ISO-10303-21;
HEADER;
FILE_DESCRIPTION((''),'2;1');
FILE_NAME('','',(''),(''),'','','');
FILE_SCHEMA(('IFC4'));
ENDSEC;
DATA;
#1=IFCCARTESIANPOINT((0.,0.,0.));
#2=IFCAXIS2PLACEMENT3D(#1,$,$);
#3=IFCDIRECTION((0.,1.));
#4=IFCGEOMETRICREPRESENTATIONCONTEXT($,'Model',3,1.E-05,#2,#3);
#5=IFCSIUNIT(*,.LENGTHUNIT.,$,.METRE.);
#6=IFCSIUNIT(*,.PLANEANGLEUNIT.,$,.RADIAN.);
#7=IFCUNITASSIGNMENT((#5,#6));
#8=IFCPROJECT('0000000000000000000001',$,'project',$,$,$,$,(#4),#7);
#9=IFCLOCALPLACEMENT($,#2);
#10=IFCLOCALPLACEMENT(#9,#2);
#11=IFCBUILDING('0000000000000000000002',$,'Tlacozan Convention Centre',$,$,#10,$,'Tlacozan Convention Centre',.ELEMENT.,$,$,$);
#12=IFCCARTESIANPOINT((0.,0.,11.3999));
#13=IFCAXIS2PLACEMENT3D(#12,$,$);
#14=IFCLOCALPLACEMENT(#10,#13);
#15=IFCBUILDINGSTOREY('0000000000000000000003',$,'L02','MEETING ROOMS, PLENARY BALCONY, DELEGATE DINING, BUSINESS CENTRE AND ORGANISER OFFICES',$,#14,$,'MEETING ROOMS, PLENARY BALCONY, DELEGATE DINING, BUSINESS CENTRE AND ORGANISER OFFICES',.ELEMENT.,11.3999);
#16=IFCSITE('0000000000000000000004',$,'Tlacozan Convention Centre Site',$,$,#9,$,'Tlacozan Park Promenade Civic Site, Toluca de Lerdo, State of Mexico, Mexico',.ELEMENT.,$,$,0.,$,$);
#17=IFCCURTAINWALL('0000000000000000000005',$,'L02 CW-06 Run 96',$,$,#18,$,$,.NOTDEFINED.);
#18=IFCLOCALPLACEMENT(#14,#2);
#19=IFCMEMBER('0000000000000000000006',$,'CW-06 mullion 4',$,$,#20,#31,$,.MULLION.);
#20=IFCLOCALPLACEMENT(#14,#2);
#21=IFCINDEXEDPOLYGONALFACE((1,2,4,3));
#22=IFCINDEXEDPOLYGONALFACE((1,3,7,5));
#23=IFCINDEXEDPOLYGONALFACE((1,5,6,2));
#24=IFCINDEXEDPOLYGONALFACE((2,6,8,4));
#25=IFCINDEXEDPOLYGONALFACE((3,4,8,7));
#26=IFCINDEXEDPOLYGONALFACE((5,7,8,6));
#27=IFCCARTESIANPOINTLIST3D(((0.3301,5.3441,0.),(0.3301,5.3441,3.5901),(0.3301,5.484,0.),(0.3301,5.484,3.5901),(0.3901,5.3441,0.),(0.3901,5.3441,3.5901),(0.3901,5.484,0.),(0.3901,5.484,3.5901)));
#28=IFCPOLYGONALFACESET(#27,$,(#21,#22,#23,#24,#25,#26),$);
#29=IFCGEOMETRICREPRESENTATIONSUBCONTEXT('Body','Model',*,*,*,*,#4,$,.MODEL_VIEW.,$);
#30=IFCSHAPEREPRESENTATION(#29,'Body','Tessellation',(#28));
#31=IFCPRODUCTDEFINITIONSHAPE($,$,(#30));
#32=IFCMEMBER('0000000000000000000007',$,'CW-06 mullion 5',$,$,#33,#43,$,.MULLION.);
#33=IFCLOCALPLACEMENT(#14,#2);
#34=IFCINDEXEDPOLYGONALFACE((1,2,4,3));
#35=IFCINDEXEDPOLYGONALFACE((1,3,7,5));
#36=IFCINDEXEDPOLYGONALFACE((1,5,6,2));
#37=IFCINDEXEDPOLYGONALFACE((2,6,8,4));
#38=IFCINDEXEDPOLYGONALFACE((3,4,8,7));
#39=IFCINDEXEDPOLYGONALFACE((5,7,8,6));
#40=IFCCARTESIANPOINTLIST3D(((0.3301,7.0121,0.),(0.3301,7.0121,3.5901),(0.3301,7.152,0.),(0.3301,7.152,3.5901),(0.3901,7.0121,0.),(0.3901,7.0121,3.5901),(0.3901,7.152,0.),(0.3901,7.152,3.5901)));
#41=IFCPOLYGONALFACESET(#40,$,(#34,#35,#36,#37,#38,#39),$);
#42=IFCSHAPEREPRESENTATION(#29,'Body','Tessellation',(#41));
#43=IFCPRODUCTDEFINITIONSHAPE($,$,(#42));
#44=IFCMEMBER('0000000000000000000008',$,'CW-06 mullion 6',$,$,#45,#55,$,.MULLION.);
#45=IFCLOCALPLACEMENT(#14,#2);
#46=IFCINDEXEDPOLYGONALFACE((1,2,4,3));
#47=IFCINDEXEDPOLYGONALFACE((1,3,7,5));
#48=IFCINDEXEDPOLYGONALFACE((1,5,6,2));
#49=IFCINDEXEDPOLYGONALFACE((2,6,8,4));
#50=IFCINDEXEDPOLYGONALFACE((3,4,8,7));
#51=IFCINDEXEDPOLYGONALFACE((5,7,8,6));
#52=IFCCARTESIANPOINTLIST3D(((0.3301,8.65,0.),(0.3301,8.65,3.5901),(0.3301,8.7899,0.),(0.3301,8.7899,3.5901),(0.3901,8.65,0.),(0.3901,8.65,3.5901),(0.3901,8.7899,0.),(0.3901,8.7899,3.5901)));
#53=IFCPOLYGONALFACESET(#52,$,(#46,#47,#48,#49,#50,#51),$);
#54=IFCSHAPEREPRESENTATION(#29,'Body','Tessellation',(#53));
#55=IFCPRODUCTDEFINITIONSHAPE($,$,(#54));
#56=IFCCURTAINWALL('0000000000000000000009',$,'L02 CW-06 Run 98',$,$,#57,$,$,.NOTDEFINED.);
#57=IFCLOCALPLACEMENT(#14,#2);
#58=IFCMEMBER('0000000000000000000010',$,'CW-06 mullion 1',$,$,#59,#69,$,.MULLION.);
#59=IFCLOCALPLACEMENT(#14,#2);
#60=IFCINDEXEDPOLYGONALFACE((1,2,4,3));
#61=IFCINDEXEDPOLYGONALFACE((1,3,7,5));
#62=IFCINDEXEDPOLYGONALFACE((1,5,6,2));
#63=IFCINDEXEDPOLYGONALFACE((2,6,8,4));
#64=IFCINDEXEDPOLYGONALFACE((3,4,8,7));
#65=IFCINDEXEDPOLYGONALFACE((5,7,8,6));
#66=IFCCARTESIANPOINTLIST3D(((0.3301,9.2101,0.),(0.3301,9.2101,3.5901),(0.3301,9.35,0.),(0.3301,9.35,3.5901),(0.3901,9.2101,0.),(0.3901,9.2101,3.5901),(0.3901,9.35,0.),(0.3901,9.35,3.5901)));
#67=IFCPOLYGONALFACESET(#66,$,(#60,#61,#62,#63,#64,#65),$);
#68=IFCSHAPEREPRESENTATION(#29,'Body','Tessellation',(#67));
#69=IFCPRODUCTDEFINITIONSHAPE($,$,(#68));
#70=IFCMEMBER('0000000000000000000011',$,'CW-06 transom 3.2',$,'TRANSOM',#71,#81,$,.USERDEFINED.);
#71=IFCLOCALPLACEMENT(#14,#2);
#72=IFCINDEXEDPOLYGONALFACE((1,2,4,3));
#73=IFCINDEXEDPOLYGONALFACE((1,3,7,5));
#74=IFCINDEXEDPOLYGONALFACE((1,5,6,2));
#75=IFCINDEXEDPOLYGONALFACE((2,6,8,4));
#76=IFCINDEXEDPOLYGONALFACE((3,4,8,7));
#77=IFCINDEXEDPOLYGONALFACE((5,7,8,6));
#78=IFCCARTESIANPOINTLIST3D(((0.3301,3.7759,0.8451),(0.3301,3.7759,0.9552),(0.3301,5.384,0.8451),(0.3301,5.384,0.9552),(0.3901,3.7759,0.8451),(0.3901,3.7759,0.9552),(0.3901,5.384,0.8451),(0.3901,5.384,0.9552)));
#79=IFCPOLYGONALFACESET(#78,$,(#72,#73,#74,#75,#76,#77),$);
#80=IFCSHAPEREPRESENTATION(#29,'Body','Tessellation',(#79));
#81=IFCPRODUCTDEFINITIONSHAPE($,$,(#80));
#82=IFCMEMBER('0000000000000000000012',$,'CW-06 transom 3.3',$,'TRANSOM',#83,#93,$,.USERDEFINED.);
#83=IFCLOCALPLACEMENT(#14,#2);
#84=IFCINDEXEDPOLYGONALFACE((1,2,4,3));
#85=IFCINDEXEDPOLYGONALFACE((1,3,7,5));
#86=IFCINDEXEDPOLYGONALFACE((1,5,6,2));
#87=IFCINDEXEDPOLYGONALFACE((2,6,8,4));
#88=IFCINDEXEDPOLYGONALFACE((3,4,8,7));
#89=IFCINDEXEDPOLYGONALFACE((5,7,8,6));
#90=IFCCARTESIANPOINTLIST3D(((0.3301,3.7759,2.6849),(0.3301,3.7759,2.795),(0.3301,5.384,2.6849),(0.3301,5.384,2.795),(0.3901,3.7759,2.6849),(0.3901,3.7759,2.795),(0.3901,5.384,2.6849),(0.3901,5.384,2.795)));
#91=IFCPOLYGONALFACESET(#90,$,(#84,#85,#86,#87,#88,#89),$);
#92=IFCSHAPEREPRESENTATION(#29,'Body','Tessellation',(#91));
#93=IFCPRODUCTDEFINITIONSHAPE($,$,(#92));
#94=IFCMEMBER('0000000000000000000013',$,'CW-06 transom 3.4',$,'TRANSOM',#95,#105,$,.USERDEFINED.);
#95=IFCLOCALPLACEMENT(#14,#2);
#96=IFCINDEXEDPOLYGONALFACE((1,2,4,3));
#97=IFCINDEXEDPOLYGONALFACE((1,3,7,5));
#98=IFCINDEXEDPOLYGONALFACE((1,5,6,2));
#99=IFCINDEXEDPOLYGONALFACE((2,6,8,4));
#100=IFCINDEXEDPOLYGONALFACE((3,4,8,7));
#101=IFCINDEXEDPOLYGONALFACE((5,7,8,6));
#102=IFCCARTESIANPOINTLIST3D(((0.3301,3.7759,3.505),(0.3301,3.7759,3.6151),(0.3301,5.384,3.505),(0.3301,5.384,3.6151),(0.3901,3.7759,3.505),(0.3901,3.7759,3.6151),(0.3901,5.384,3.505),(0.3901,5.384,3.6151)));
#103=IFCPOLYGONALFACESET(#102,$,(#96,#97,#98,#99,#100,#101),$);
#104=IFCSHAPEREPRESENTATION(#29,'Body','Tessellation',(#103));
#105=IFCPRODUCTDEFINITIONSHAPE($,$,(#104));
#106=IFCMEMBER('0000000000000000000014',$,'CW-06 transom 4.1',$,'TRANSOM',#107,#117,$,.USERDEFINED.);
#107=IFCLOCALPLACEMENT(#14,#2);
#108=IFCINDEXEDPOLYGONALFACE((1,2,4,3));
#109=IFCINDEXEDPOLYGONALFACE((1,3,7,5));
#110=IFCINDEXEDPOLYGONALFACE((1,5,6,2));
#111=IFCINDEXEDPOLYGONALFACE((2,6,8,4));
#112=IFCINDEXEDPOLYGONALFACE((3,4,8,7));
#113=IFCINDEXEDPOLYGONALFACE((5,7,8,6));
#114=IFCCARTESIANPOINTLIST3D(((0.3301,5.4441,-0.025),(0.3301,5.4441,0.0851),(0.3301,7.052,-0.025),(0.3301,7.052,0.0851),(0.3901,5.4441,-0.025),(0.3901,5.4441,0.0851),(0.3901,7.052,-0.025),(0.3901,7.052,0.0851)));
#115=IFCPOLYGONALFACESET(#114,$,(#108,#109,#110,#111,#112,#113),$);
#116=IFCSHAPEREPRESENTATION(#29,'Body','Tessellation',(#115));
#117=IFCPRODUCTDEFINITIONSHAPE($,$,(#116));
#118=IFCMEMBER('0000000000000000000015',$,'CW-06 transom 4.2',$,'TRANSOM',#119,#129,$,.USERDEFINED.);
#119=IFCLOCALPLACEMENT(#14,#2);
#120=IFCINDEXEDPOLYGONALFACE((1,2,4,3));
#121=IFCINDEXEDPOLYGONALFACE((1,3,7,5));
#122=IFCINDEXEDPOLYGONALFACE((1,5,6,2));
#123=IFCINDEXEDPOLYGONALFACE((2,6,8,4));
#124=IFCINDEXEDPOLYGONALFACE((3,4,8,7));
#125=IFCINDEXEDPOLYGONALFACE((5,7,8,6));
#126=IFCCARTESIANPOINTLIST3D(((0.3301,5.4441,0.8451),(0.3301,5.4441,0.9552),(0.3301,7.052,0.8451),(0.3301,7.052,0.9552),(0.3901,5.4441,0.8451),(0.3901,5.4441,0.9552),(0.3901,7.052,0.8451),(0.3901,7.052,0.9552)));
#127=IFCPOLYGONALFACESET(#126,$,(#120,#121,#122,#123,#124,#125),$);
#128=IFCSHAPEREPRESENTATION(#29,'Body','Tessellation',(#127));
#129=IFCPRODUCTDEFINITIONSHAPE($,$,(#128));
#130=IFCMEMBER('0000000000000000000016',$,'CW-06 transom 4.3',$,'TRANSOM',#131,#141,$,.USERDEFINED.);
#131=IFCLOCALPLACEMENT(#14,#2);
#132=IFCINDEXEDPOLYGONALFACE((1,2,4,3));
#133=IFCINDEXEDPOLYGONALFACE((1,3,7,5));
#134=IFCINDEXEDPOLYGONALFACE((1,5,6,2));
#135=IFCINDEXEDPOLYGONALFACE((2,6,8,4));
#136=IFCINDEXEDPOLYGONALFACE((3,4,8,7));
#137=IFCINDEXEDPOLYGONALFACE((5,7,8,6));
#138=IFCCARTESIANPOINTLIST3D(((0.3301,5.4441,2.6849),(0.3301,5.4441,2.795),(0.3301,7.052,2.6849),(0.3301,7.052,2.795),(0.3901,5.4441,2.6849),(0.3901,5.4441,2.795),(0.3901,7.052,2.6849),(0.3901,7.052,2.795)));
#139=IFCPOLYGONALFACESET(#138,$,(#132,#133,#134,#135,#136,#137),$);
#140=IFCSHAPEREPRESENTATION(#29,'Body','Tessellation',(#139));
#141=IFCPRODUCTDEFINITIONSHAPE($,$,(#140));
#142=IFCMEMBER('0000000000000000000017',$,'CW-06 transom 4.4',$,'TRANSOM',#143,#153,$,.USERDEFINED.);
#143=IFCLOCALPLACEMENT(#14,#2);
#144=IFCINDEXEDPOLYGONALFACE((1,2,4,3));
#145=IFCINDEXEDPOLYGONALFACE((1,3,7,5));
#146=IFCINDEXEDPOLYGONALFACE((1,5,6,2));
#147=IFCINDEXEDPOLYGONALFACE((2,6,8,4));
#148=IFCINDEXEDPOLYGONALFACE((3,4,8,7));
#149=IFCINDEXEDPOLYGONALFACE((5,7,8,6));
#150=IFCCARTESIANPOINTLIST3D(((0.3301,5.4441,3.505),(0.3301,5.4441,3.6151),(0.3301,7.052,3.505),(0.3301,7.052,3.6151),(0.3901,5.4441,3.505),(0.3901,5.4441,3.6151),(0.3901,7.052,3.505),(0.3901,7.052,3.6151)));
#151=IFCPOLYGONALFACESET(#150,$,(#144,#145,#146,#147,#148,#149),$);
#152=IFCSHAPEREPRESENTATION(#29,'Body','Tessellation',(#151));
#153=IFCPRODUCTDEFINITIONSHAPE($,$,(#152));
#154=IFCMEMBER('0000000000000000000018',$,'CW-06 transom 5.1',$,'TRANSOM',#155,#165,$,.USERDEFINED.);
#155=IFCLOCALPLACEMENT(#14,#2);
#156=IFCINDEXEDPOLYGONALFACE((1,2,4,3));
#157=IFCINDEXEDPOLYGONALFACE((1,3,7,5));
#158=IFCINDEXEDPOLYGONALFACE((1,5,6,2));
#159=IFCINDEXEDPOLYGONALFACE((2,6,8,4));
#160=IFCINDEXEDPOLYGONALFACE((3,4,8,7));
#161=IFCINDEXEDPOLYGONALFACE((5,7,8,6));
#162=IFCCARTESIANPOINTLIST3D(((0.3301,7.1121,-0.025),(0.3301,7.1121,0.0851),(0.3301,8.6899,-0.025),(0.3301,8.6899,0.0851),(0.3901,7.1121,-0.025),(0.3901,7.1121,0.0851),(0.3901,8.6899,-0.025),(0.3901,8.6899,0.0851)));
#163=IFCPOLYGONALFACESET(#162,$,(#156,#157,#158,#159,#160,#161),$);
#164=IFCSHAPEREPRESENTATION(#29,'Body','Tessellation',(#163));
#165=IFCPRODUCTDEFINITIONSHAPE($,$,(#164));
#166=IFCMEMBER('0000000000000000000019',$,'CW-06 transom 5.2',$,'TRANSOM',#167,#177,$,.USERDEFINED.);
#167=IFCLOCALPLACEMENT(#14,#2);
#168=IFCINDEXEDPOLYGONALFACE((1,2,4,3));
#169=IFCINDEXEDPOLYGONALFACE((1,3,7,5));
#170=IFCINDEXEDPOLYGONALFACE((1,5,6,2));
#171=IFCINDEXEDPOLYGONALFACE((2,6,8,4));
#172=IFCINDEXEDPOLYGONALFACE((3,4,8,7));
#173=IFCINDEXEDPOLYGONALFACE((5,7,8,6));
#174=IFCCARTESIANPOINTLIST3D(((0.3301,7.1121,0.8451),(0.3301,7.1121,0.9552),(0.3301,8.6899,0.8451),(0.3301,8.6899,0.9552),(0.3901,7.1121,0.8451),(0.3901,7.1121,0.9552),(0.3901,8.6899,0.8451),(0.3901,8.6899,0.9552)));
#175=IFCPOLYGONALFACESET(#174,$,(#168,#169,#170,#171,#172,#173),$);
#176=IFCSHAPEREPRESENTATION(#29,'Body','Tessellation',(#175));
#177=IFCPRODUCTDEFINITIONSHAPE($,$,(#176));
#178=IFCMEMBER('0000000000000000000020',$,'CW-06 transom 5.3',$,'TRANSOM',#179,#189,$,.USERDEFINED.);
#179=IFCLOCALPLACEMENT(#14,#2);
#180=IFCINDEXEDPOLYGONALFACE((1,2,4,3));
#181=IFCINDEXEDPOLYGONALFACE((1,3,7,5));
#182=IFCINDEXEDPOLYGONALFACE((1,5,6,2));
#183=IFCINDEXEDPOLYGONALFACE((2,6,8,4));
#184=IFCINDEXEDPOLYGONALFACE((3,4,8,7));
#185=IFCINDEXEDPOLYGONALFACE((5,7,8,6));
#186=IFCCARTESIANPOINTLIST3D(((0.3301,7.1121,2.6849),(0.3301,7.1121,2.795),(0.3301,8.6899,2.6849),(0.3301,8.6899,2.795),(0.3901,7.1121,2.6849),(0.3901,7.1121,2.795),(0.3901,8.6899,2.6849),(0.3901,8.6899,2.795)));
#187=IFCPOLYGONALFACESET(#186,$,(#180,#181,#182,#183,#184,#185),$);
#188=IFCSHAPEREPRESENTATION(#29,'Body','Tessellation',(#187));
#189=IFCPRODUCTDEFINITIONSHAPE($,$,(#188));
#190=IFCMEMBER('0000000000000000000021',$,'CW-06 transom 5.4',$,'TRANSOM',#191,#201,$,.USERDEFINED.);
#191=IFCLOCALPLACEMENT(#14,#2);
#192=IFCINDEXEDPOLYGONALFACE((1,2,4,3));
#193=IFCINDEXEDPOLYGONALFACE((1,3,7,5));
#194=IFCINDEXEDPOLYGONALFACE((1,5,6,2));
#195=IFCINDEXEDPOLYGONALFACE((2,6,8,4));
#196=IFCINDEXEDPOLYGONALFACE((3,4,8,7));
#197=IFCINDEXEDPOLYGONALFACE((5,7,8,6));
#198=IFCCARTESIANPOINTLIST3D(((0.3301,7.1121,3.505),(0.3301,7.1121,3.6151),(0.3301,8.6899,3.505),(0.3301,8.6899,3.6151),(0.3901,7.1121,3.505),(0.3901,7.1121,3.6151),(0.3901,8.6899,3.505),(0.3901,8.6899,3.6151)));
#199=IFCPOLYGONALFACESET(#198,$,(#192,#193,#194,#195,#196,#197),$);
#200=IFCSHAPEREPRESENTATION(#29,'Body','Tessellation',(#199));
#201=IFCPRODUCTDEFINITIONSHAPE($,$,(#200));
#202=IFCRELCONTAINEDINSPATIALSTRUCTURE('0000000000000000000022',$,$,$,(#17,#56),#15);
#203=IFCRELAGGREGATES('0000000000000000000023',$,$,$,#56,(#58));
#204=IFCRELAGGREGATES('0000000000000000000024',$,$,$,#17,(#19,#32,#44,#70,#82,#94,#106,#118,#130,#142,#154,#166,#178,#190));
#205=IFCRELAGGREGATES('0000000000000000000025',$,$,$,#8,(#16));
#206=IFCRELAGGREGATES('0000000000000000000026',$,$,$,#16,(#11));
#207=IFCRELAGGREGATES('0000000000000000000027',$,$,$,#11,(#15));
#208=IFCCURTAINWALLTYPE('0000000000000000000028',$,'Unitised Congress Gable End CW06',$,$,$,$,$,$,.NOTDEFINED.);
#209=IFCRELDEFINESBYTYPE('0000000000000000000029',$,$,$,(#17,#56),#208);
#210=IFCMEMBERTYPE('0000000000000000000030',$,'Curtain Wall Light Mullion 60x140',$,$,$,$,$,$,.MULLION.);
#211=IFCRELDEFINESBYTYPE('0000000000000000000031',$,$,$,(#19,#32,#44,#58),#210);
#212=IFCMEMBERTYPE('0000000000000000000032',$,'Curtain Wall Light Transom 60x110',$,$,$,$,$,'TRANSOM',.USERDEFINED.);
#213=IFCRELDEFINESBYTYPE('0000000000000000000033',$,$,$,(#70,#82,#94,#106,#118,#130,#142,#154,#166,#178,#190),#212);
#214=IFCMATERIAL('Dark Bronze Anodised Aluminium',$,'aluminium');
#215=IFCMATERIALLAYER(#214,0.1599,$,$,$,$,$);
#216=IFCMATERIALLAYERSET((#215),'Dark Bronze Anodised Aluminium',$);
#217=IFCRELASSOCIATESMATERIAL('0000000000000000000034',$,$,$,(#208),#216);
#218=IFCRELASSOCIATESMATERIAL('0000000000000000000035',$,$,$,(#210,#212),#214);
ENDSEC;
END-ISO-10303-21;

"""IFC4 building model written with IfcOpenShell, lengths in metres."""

from ifc_helpers import new_model, si_unit, direction, frame, origin, origin_2d, place, context, subcontext, project, spatial, rectangle, extrude, material, layer, layer_set, material_profile, profile_set, type_object, element, aggregate, save


model = new_model("IFC4")

# Units and contexts
model_context = context("Model", 3, precision=1e-05, world=origin(), true_north=direction((0.0, 1.0)))
body_context = subcontext(model_context, "Body", "Model", "MODEL_VIEW")
ifc_project = project(units=[si_unit("LENGTHUNIT", "METRE"), si_unit("PLANEANGLEUNIT", "RADIAN")], contexts=[model_context])

# Site, building, storey
site_placement = place(None, origin())
site = spatial("IfcSite", under=ifc_project, at=site_placement, Name="Tlacozan Convention Centre Site", LongName="Tlacozan Park Promenade Civic Site, Toluca de Lerdo, State of Mexico, Mexico", CompositionType="ELEMENT", RefElevation=0.0)
building_placement = place(site_placement, origin())
building = spatial("IfcBuilding", under=site, at=building_placement, Name="Tlacozan Convention Centre", LongName="Tlacozan Convention Centre", CompositionType="ELEMENT")
storey_placement = place(building_placement, frame((0.0, 0.0, 11.3999)))
storey = spatial("IfcBuildingStorey", under=building, at=storey_placement, Name="L02", Description="MEETING ROOMS, PLENARY BALCONY, DELEGATE DINING, BUSINESS CENTRE AND ORGANISER OFFICES", LongName="MEETING ROOMS, PLENARY BALCONY, DELEGATE DINING, BUSINESS CENTRE AND ORGANISER OFFICES", CompositionType="ELEMENT", Elevation=11.3999)

# Curtain wall, members
ifc_material_1 = material(Name="Dark Bronze Anodised Aluminium", Category="aluminium")
ifc_layer_1 = layer(ifc_material_1, 0.1599)
ifc_layer_set_1 = layer_set([ifc_layer_1], Name="Dark Bronze Anodised Aluminium")
curtain_wall_type = type_object("IfcCurtainWallType", Name="Unitised Congress Gable End CW06", PredefinedType="NOTDEFINED", material=ifc_layer_set_1)
curtain_wall_1_placement = place(storey_placement, origin())
curtain_wall_1 = element("IfcCurtainWall", 1, at=curtain_wall_1_placement, inside=storey, type_object=curtain_wall_type, Name="L02 CW-06 Run 96", PredefinedType="NOTDEFINED")
ifc_material_profile_1 = material_profile(ifc_material_1, rectangle(XDim=0.0601, YDim=0.1399, at=origin_2d()), Name="ALU 60x140")
ifc_profile_set_1 = profile_set([ifc_material_profile_1], Name="Dark Bronze Anodised Aluminium")
member_type_1 = type_object("IfcMemberType", Name="Curtain Wall Light Mullion 60x140", PredefinedType="MULLION", material=ifc_profile_set_1)
member_1_placement = place(storey_placement, frame((0.3601, 5.4141, 0.0), z_axis=(0.0, 0.0, 1.0), x_axis=(-1.0, 0.0, 0.0)))
member_1 = element("IfcMember", 2, at=member_1_placement, type_object=member_type_1, Name="CW-06 mullion 4", PredefinedType="MULLION", context=body_context, shape_type="SweptSolid", body=[
    extrude(rectangle(XDim=0.0601, YDim=0.1399, at=origin_2d()), origin(), (0.0, 0.0, 1.0), 3.5901),
])
member_2_placement = place(storey_placement, frame((0.3601, 7.082, 0.0), z_axis=(0.0, 0.0, 1.0), x_axis=(-1.0, 0.0, 0.0)))
member_2 = element("IfcMember", 3, at=member_2_placement, type_object=member_type_1, Name="CW-06 mullion 5", PredefinedType="MULLION", context=body_context, shape_type="SweptSolid", body=[
    extrude(rectangle(XDim=0.0601, YDim=0.1399, at=origin_2d()), origin(), (0.0, 0.0, 1.0), 3.5901),
])
member_3_placement = place(storey_placement, frame((0.3601, 8.72, 0.0), z_axis=(0.0, 0.0, 1.0), x_axis=(-1.0, 0.0, 0.0)))
member_3 = element("IfcMember", 4, at=member_3_placement, type_object=member_type_1, Name="CW-06 mullion 6", PredefinedType="MULLION", context=body_context, shape_type="SweptSolid", body=[
    extrude(rectangle(XDim=0.0601, YDim=0.1399, at=origin_2d()), origin(), (0.0, 0.0, 1.0), 3.5901),
])

# Curtain wall, member
curtain_wall_2_placement = place(storey_placement, origin())
curtain_wall_2 = element("IfcCurtainWall", 5, at=curtain_wall_2_placement, inside=storey, type_object=curtain_wall_type, Name="L02 CW-06 Run 98", PredefinedType="NOTDEFINED")
member_4_placement = place(storey_placement, frame((0.3601, 9.28, 0.0), z_axis=(0.0, 0.0, 1.0), x_axis=(-1.0, 0.0, 0.0)))
member_4 = element("IfcMember", 6, at=member_4_placement, type_object=member_type_1, Name="CW-06 mullion 1", PredefinedType="MULLION", context=body_context, shape_type="SweptSolid", body=[
    extrude(rectangle(XDim=0.0601, YDim=0.1399, at=origin_2d()), origin(), (0.0, 0.0, 1.0), 3.5901),
])

# Members
ifc_material_profile_2 = material_profile(ifc_material_1, rectangle(XDim=0.0601, YDim=0.1101, at=origin_2d()), Name="ALU 60x110")
ifc_profile_set_2 = profile_set([ifc_material_profile_2], Name="Dark Bronze Anodised Aluminium")
member_type_2 = type_object("IfcMemberType", Name="Curtain Wall Light Transom 60x110", ElementType="TRANSOM", PredefinedType="USERDEFINED", material=ifc_profile_set_2)
member_5_placement = place(storey_placement, frame((0.3601, 3.7759, 0.9001), z_axis=(0.0, 1.0, 0.0), x_axis=(-1.0, 0.0, 0.0)))
member_5 = element("IfcMember", 7, at=member_5_placement, type_object=member_type_2, Name="CW-06 transom 3.2", ObjectType="TRANSOM", PredefinedType="USERDEFINED", context=body_context, shape_type="SweptSolid", body=[
    extrude(rectangle(XDim=0.0601, YDim=0.1101, at=origin_2d()), origin(), (0.0, 0.0, 1.0), 1.6082),
])
member_6_placement = place(storey_placement, frame((0.3601, 3.7759, 2.74), z_axis=(0.0, 1.0, 0.0), x_axis=(-1.0, 0.0, 0.0)))
member_6 = element("IfcMember", 8, at=member_6_placement, type_object=member_type_2, Name="CW-06 transom 3.3", ObjectType="TRANSOM", PredefinedType="USERDEFINED", context=body_context, shape_type="SweptSolid", body=[
    extrude(rectangle(XDim=0.0601, YDim=0.1101, at=origin_2d()), origin(), (0.0, 0.0, 1.0), 1.6082),
])
member_7_placement = place(storey_placement, frame((0.3601, 3.7759, 3.5601), z_axis=(0.0, 1.0, 0.0), x_axis=(-1.0, 0.0, 0.0)))
member_7 = element("IfcMember", 9, at=member_7_placement, type_object=member_type_2, Name="CW-06 transom 3.4", ObjectType="TRANSOM", PredefinedType="USERDEFINED", context=body_context, shape_type="SweptSolid", body=[
    extrude(rectangle(XDim=0.0601, YDim=0.1101, at=origin_2d()), origin(), (0.0, 0.0, 1.0), 1.6082),
])
member_8_placement = place(storey_placement, frame((0.3601, 5.4441, 0.03), z_axis=(0.0, 1.0, 0.0), x_axis=(-1.0, 0.0, 0.0)))
member_8 = element("IfcMember", 10, at=member_8_placement, type_object=member_type_2, Name="CW-06 transom 4.1", ObjectType="TRANSOM", PredefinedType="USERDEFINED", context=body_context, shape_type="SweptSolid", body=[
    extrude(rectangle(XDim=0.0601, YDim=0.1101, at=origin_2d()), origin(), (0.0, 0.0, 1.0), 1.6079),
])
member_9_placement = place(storey_placement, frame((0.3601, 5.4441, 0.9001), z_axis=(0.0, 1.0, 0.0), x_axis=(-1.0, 0.0, 0.0)))
member_9 = element("IfcMember", 11, at=member_9_placement, type_object=member_type_2, Name="CW-06 transom 4.2", ObjectType="TRANSOM", PredefinedType="USERDEFINED", context=body_context, shape_type="SweptSolid", body=[
    extrude(rectangle(XDim=0.0601, YDim=0.1101, at=origin_2d()), origin(), (0.0, 0.0, 1.0), 1.6079),
])
member_10_placement = place(storey_placement, frame((0.3601, 5.4441, 2.74), z_axis=(0.0, 1.0, 0.0), x_axis=(-1.0, 0.0, 0.0)))
member_10 = element("IfcMember", 12, at=member_10_placement, type_object=member_type_2, Name="CW-06 transom 4.3", ObjectType="TRANSOM", PredefinedType="USERDEFINED", context=body_context, shape_type="SweptSolid", body=[
    extrude(rectangle(XDim=0.0601, YDim=0.1101, at=origin_2d()), origin(), (0.0, 0.0, 1.0), 1.6079),
])
member_11_placement = place(storey_placement, frame((0.3601, 5.4441, 3.5601), z_axis=(0.0, 1.0, 0.0), x_axis=(-1.0, 0.0, 0.0)))
member_11 = element("IfcMember", 13, at=member_11_placement, type_object=member_type_2, Name="CW-06 transom 4.4", ObjectType="TRANSOM", PredefinedType="USERDEFINED", context=body_context, shape_type="SweptSolid", body=[
    extrude(rectangle(XDim=0.0601, YDim=0.1101, at=origin_2d()), origin(), (0.0, 0.0, 1.0), 1.6079),
])
member_12_placement = place(storey_placement, frame((0.3601, 7.1121, 0.03), z_axis=(0.0, 1.0, 0.0), x_axis=(-1.0, 0.0, 0.0)))
member_12 = element("IfcMember", 14, at=member_12_placement, type_object=member_type_2, Name="CW-06 transom 5.1", ObjectType="TRANSOM", PredefinedType="USERDEFINED", context=body_context, shape_type="SweptSolid", body=[
    extrude(rectangle(XDim=0.0601, YDim=0.1101, at=origin_2d()), origin(), (0.0, 0.0, 1.0), 1.5779),
])
member_13_placement = place(storey_placement, frame((0.3601, 7.1121, 0.9001), z_axis=(0.0, 1.0, 0.0), x_axis=(-1.0, 0.0, 0.0)))
member_13 = element("IfcMember", 15, at=member_13_placement, type_object=member_type_2, Name="CW-06 transom 5.2", ObjectType="TRANSOM", PredefinedType="USERDEFINED", context=body_context, shape_type="SweptSolid", body=[
    extrude(rectangle(XDim=0.0601, YDim=0.1101, at=origin_2d()), origin(), (0.0, 0.0, 1.0), 1.5779),
])
member_14_placement = place(storey_placement, frame((0.3601, 7.1121, 2.74), z_axis=(0.0, 1.0, 0.0), x_axis=(-1.0, 0.0, 0.0)))
member_14 = element("IfcMember", 16, at=member_14_placement, type_object=member_type_2, Name="CW-06 transom 5.3", ObjectType="TRANSOM", PredefinedType="USERDEFINED", context=body_context, shape_type="SweptSolid", body=[
    extrude(rectangle(XDim=0.0601, YDim=0.1101, at=origin_2d()), origin(), (0.0, 0.0, 1.0), 1.5779),
])
member_15_placement = place(storey_placement, frame((0.3601, 7.1121, 3.5601), z_axis=(0.0, 1.0, 0.0), x_axis=(-1.0, 0.0, 0.0)))
member_15 = element("IfcMember", 17, at=member_15_placement, type_object=member_type_2, Name="CW-06 transom 5.4", ObjectType="TRANSOM", PredefinedType="USERDEFINED", context=body_context, shape_type="SweptSolid", body=[
    extrude(rectangle(XDim=0.0601, YDim=0.1101, at=origin_2d()), origin(), (0.0, 0.0, 1.0), 1.5779),
])
aggregate(curtain_wall_2, [member_4])

aggregate(curtain_wall_1, [member_1, member_2, member_3, member_5, member_6, member_7, member_8, member_9, member_10, member_11, member_12, member_13, member_14, member_15])

save(model, "model.ifc")
